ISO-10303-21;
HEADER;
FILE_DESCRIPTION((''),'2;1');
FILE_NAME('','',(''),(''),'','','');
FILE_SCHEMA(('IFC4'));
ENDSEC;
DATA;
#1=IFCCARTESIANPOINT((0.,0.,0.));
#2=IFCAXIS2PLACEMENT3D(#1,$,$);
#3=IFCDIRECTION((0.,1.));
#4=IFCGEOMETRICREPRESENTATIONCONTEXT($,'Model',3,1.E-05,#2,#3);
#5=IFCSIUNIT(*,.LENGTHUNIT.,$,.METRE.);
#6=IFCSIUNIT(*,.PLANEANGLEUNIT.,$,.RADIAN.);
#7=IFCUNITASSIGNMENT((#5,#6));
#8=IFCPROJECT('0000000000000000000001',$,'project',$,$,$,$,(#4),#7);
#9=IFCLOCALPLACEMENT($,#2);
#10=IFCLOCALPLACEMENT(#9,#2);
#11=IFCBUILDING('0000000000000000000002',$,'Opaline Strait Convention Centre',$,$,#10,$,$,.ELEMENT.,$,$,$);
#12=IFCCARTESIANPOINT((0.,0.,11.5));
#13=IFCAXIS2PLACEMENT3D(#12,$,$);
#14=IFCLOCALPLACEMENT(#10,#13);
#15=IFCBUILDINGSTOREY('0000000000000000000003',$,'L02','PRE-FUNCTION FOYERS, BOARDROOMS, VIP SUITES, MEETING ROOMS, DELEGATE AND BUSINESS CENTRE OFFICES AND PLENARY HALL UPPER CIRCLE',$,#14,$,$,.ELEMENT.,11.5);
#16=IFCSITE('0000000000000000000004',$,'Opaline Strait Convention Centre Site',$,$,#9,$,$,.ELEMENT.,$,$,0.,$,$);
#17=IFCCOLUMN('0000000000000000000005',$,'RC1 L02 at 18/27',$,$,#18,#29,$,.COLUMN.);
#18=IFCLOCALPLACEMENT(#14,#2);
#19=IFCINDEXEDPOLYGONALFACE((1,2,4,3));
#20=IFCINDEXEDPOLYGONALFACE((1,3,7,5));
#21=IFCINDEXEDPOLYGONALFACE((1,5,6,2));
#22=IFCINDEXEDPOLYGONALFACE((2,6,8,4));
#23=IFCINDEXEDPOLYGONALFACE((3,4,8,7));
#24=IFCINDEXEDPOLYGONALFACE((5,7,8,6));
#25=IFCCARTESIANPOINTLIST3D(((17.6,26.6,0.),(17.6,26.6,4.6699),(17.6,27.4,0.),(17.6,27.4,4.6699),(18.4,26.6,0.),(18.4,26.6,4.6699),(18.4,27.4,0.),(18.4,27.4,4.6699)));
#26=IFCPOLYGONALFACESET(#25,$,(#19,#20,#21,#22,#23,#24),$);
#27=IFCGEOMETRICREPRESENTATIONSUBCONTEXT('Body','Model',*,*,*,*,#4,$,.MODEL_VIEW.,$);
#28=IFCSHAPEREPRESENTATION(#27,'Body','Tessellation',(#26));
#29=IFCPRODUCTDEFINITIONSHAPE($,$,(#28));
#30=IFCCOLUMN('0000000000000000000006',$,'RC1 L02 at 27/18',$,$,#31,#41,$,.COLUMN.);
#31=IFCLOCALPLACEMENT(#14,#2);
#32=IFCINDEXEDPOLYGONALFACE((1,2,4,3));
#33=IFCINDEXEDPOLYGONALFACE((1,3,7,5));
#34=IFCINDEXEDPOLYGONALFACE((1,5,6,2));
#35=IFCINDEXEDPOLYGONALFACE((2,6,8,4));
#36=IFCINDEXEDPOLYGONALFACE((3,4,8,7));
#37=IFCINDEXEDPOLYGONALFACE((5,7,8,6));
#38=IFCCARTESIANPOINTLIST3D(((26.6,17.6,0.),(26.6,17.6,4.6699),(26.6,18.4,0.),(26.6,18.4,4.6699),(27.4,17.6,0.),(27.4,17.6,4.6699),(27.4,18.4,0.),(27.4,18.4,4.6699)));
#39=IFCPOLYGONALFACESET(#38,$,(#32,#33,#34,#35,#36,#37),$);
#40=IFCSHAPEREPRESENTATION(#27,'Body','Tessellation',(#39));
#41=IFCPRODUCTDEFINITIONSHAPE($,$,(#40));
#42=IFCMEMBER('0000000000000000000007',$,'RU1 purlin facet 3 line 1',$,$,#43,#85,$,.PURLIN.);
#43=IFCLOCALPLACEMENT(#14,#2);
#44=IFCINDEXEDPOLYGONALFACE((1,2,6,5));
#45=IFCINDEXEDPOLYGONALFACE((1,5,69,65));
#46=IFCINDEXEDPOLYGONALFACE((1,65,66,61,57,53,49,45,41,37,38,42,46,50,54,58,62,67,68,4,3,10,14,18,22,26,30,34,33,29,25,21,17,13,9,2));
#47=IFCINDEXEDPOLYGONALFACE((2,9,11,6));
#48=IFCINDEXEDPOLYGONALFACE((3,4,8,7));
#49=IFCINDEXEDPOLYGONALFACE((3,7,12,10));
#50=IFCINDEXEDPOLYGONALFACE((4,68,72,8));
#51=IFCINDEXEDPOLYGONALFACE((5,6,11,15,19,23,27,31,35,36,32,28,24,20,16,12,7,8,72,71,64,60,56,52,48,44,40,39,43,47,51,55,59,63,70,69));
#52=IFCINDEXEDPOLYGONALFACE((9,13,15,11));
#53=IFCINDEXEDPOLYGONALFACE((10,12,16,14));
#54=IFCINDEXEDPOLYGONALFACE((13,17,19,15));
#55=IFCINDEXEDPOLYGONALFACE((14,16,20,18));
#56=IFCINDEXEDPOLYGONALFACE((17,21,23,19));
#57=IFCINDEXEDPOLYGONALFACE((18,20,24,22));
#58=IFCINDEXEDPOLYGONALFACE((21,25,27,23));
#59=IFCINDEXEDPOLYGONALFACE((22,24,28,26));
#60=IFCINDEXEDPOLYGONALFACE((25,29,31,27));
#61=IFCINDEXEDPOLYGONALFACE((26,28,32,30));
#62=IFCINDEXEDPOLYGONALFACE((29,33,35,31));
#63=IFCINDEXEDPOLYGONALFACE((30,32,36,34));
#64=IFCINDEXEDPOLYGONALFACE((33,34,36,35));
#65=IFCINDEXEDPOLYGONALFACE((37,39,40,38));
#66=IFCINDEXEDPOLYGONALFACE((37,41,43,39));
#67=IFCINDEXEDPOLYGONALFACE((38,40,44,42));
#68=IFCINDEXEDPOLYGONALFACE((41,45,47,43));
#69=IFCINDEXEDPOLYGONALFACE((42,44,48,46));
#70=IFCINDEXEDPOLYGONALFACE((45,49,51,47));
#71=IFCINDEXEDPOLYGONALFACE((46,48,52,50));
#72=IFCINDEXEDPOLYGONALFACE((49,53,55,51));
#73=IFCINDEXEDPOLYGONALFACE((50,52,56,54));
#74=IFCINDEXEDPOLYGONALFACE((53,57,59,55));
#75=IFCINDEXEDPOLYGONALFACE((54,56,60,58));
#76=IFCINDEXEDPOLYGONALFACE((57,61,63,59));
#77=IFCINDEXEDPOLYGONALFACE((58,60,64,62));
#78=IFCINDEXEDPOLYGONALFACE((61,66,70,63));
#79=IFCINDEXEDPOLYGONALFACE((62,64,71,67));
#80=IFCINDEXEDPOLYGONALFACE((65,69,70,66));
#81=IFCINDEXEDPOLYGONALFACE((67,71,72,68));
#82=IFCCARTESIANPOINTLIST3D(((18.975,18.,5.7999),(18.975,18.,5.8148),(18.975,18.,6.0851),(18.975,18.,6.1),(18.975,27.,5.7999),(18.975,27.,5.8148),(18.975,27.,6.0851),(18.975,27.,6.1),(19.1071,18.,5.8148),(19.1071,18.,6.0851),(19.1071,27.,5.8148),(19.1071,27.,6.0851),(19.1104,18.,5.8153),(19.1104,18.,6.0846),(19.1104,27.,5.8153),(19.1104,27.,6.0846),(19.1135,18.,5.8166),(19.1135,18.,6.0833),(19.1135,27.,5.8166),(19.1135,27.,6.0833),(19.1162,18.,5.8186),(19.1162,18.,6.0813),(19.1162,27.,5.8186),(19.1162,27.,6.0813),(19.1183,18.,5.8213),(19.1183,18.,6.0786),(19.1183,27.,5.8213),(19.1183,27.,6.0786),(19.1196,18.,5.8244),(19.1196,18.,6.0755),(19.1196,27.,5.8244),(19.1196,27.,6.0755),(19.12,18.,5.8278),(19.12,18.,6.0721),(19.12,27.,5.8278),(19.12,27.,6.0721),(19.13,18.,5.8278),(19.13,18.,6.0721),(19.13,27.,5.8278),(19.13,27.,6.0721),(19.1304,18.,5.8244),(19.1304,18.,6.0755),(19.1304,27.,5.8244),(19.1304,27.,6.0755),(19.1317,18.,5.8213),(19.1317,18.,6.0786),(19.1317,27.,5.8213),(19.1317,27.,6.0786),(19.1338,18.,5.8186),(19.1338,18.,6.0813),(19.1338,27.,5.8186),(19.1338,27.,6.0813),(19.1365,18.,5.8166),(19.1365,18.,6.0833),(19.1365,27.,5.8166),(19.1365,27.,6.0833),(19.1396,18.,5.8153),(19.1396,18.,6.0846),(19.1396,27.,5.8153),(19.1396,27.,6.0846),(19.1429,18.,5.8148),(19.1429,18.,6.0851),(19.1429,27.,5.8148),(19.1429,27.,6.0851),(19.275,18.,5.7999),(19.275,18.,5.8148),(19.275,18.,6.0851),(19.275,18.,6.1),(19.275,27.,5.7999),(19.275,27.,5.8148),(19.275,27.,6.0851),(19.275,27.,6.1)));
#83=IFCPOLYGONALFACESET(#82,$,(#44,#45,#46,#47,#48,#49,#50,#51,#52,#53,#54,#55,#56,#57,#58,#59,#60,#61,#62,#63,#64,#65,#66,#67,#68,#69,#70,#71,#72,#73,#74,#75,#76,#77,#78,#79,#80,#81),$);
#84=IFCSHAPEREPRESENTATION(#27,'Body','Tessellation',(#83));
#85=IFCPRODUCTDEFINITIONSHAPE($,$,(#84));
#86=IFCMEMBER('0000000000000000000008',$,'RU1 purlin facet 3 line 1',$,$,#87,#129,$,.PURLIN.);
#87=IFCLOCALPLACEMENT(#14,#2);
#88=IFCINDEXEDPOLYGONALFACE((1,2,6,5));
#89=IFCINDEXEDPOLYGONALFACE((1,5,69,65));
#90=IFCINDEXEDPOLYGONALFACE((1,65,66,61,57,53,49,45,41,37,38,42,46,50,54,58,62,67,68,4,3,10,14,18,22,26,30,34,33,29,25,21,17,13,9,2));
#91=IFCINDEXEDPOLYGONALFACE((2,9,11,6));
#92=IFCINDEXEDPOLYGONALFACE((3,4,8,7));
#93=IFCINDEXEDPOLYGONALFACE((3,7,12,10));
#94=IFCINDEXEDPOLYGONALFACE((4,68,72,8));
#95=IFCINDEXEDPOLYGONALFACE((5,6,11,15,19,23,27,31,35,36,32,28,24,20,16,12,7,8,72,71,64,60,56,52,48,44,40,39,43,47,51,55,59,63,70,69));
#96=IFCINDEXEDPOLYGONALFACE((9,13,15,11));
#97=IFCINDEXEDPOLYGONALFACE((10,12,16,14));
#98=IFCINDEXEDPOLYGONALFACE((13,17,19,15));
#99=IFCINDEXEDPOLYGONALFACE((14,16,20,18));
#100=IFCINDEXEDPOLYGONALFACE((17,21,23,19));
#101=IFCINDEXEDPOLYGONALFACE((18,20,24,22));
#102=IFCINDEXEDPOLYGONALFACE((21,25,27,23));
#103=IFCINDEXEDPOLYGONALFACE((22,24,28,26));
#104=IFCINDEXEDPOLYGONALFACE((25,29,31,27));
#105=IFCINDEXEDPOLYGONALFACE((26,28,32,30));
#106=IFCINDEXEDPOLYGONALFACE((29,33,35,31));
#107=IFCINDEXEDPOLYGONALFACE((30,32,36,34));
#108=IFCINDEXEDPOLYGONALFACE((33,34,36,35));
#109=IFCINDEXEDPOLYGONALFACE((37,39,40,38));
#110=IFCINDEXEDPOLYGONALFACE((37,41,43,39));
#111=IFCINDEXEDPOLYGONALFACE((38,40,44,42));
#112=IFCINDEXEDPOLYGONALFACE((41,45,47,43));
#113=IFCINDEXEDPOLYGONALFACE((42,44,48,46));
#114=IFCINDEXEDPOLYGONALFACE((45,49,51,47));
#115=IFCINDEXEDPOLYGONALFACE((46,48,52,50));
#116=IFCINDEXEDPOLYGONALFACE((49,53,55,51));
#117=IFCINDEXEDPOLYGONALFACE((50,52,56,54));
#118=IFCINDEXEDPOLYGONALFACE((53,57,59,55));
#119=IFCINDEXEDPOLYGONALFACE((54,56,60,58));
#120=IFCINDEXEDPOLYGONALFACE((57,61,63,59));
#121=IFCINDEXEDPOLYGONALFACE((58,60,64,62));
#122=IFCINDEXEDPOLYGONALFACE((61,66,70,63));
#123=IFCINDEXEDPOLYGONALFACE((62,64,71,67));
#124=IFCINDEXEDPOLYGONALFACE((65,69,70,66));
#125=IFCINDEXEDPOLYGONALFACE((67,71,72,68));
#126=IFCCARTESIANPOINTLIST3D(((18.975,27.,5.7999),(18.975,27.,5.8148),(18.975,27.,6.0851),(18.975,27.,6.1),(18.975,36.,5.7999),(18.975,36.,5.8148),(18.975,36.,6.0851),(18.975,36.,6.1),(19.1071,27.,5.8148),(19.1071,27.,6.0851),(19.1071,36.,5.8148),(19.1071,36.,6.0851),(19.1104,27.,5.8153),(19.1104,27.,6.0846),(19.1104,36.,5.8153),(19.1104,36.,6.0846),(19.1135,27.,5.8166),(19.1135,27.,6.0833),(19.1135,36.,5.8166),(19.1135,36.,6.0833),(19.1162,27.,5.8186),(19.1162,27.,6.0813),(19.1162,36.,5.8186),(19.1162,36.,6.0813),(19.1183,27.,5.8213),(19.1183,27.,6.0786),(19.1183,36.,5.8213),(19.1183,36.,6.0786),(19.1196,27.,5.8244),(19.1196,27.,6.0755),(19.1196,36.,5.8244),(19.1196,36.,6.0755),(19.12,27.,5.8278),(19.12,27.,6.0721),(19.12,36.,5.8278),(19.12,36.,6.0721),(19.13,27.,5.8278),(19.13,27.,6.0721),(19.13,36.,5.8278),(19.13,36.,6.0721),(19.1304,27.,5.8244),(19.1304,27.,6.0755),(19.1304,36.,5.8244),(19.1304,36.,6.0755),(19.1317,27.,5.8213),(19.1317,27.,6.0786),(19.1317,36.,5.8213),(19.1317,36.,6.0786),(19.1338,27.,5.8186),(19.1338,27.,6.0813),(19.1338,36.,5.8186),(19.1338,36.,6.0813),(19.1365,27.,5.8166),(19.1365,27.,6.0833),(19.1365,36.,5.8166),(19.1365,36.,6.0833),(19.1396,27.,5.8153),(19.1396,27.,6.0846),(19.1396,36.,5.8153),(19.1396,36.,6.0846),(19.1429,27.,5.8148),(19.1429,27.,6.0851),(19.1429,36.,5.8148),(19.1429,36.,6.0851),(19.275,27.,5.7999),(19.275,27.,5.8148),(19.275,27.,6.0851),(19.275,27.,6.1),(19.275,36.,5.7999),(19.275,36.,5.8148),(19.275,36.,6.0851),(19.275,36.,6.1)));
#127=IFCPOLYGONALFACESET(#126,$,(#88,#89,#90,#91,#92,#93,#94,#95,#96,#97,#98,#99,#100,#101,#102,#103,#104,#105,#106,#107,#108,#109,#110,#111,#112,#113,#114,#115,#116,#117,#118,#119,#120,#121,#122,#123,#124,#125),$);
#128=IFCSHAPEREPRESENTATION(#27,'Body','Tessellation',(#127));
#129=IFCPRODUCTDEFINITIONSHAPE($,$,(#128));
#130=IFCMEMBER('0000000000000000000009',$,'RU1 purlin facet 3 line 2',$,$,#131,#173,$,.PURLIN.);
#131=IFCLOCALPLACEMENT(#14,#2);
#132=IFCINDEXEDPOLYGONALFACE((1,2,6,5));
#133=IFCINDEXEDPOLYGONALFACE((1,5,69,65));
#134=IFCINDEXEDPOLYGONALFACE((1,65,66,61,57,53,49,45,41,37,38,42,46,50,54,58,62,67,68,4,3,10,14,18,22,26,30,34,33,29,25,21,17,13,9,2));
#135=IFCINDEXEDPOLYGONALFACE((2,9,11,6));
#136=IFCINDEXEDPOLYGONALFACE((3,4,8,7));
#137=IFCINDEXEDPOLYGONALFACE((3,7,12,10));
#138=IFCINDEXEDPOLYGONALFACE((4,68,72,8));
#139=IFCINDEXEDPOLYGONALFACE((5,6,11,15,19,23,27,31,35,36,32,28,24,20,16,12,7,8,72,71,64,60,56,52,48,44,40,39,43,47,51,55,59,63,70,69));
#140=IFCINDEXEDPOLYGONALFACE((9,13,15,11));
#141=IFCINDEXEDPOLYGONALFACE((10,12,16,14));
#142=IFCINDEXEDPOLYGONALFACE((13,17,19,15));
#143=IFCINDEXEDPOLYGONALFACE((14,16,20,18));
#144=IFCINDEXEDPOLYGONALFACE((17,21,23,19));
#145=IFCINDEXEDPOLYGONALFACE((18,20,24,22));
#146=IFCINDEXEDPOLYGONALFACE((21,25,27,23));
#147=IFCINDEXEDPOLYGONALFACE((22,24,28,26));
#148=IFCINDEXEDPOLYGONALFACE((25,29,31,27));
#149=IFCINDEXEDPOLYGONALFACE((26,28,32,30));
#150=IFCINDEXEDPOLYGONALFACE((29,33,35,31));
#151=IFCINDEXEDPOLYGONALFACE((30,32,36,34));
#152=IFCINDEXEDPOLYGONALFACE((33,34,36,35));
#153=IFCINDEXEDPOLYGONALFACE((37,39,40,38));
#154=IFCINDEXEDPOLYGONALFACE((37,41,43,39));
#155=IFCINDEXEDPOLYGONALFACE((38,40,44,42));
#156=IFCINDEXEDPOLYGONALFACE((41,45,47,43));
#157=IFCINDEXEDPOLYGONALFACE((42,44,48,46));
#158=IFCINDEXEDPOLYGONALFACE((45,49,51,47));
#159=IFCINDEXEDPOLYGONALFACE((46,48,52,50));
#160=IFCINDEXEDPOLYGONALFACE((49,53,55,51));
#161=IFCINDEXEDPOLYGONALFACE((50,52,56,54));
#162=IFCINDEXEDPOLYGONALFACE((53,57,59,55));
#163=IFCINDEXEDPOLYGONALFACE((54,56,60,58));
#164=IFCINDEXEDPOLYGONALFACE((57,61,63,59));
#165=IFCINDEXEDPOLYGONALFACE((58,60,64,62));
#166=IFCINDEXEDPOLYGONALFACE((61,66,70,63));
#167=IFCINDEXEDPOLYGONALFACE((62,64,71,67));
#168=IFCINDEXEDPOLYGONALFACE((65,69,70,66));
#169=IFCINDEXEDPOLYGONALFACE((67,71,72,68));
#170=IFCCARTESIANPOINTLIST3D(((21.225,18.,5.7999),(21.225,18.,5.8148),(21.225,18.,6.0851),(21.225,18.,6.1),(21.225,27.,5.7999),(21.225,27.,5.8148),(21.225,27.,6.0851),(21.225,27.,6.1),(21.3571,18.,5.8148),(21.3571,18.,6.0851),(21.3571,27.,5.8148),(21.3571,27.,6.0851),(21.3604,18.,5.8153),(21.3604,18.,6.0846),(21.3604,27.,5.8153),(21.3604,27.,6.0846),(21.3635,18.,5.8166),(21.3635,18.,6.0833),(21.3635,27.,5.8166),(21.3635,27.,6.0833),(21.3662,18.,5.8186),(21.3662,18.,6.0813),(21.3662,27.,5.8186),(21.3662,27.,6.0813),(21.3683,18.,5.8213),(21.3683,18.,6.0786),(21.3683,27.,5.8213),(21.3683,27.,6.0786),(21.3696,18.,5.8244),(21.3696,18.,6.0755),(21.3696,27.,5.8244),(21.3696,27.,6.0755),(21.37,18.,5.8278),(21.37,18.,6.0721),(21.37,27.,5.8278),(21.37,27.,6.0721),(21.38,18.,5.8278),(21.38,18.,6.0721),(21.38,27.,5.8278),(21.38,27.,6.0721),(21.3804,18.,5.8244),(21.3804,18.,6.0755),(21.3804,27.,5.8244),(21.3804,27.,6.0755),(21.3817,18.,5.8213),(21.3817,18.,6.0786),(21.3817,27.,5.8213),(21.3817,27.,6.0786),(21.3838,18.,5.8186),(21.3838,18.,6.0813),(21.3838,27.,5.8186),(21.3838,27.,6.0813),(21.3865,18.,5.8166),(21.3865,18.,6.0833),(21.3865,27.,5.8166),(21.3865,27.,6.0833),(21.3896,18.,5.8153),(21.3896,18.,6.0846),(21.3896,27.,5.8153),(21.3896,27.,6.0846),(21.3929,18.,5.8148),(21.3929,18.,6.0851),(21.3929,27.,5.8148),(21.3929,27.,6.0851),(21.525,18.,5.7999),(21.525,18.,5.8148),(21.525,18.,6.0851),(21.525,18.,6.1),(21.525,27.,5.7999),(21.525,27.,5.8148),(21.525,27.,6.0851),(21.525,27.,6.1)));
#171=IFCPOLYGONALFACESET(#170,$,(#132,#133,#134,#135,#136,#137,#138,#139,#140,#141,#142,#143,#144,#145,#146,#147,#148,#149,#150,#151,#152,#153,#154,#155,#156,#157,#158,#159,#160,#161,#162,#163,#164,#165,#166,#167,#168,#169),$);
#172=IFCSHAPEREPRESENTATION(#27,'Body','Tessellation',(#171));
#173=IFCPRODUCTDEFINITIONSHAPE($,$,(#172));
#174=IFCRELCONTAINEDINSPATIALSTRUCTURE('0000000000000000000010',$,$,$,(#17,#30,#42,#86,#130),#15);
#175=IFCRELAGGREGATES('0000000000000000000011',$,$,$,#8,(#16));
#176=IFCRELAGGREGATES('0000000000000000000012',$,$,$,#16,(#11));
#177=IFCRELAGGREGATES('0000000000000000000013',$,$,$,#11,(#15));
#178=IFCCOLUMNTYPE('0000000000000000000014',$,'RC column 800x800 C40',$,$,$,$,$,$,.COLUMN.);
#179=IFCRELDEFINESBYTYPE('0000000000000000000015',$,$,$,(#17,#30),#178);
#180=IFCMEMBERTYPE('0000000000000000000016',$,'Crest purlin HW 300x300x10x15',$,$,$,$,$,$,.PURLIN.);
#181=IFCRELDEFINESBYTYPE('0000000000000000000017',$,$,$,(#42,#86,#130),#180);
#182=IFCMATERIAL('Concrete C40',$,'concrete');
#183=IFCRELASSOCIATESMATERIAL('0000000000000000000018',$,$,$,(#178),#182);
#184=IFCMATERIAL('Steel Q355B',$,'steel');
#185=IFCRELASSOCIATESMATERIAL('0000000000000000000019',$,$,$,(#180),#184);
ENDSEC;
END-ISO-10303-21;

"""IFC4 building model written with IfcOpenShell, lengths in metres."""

from ifc_helpers import new_model, si_unit, direction, frame, origin, origin_2d, place, context, subcontext, project, spatial, rectangle, i_section, extrude, material, material_profile, profile_set, type_object, element, save


model = new_model("IFC4")

# Units and contexts
model_context = context("Model", 3, precision=1e-05, world=origin(), true_north=direction((0.0, 1.0)))
body_context = subcontext(model_context, "Body", "Model", "MODEL_VIEW")
ifc_project = project(units=[si_unit("LENGTHUNIT", "METRE"), si_unit("PLANEANGLEUNIT", "RADIAN")], contexts=[model_context])

# Site, building, storey
site_placement = place(None, origin())
site = spatial("IfcSite", under=ifc_project, at=site_placement, Name="Opaline Strait Convention Centre Site", CompositionType="ELEMENT", RefElevation=0.0)
building_placement = place(site_placement, origin())
building = spatial("IfcBuilding", under=site, at=building_placement, Name="Opaline Strait Convention Centre", CompositionType="ELEMENT")
storey_placement = place(building_placement, frame((0.0, 0.0, 11.5)))
storey = spatial("IfcBuildingStorey", under=building, at=storey_placement, Name="L02", Description="PRE-FUNCTION FOYERS, BOARDROOMS, VIP SUITES, MEETING ROOMS, DELEGATE AND BUSINESS CENTRE OFFICES AND PLENARY HALL UPPER CIRCLE", CompositionType="ELEMENT", Elevation=11.5)

# Columns
ifc_material_1 = material(Name="Concrete C40", Category="concrete")
ifc_material_profile_1 = material_profile(ifc_material_1, rectangle(XDim=0.8, YDim=0.8, at=origin_2d()), Name="RC 800x800")
ifc_profile_set_1 = profile_set([ifc_material_profile_1], Name="Concrete C40")
column_type = type_object("IfcColumnType", Name="RC column 800x800 C40", PredefinedType="COLUMN", material=ifc_profile_set_1)
for number, where, z_axis, x_axis, name in (
    (1, (18.0, 27.0, 0.0), (0.0, 0.0, 1.0), (1.0, 0.0, 0.0), "RC1 L02 at 18/27"),
    (2, (27.0, 18.0, 0.0), (0.0, 0.0, 1.0), (1.0, 0.0, 0.0), "RC1 L02 at 27/18"),
):
    element("IfcColumn", number, at=place(storey_placement, frame(where, z_axis=z_axis, x_axis=x_axis)), inside=storey, type_object=column_type, Name=name, PredefinedType="COLUMN", context=body_context, shape_type="SweptSolid", body=[
        extrude(rectangle(XDim=0.8, YDim=0.8, at=origin_2d()), origin(), (0.0, 0.0, 1.0), 4.6699),
    ])

# Members
ifc_material_2 = material(Name="Steel Q355B", Category="steel")
ifc_material_profile_2 = material_profile(ifc_material_2, i_section(OverallWidth=0.3, OverallDepth=0.3, WebThickness=0.01, FlangeThickness=0.0149, FilletRadius=0.0129, at=origin_2d()), Name="HW 300x300x10x15")
ifc_profile_set_2 = profile_set([ifc_material_profile_2], Name="Steel Q355B")
member_type_1 = type_object("IfcMemberType", Name="Crest purlin HW 300x300x10x15", PredefinedType="PURLIN", material=ifc_profile_set_2)
for number, where, z_axis, x_axis, name in (
    (3, (19.125, 18.0, 5.95), (0.0, 1.0, 0.0), (-1.0, 0.0, 0.0), "RU1 purlin facet 3 line 1"),
    (4, (19.125, 27.0, 5.95), (0.0, 1.0, 0.0), (-1.0, 0.0, 0.0), "RU1 purlin facet 3 line 1"),
    (5, (21.375, 18.0, 5.95), (0.0, 1.0, 0.0), (-1.0, 0.0, 0.0), "RU1 purlin facet 3 line 2"),
):
    element("IfcMember", number, at=place(storey_placement, frame(where, z_axis=z_axis, x_axis=x_axis)), inside=storey, type_object=member_type_1, Name=name, PredefinedType="PURLIN", context=body_context, shape_type="SweptSolid", body=[
        extrude(i_section(OverallWidth=0.3, OverallDepth=0.3, WebThickness=0.01, FlangeThickness=0.0149, FilletRadius=0.0129, at=origin_2d()), origin(), (0.0, 0.0, 1.0), 9.0),
    ])

save(model, "model.ifc")
